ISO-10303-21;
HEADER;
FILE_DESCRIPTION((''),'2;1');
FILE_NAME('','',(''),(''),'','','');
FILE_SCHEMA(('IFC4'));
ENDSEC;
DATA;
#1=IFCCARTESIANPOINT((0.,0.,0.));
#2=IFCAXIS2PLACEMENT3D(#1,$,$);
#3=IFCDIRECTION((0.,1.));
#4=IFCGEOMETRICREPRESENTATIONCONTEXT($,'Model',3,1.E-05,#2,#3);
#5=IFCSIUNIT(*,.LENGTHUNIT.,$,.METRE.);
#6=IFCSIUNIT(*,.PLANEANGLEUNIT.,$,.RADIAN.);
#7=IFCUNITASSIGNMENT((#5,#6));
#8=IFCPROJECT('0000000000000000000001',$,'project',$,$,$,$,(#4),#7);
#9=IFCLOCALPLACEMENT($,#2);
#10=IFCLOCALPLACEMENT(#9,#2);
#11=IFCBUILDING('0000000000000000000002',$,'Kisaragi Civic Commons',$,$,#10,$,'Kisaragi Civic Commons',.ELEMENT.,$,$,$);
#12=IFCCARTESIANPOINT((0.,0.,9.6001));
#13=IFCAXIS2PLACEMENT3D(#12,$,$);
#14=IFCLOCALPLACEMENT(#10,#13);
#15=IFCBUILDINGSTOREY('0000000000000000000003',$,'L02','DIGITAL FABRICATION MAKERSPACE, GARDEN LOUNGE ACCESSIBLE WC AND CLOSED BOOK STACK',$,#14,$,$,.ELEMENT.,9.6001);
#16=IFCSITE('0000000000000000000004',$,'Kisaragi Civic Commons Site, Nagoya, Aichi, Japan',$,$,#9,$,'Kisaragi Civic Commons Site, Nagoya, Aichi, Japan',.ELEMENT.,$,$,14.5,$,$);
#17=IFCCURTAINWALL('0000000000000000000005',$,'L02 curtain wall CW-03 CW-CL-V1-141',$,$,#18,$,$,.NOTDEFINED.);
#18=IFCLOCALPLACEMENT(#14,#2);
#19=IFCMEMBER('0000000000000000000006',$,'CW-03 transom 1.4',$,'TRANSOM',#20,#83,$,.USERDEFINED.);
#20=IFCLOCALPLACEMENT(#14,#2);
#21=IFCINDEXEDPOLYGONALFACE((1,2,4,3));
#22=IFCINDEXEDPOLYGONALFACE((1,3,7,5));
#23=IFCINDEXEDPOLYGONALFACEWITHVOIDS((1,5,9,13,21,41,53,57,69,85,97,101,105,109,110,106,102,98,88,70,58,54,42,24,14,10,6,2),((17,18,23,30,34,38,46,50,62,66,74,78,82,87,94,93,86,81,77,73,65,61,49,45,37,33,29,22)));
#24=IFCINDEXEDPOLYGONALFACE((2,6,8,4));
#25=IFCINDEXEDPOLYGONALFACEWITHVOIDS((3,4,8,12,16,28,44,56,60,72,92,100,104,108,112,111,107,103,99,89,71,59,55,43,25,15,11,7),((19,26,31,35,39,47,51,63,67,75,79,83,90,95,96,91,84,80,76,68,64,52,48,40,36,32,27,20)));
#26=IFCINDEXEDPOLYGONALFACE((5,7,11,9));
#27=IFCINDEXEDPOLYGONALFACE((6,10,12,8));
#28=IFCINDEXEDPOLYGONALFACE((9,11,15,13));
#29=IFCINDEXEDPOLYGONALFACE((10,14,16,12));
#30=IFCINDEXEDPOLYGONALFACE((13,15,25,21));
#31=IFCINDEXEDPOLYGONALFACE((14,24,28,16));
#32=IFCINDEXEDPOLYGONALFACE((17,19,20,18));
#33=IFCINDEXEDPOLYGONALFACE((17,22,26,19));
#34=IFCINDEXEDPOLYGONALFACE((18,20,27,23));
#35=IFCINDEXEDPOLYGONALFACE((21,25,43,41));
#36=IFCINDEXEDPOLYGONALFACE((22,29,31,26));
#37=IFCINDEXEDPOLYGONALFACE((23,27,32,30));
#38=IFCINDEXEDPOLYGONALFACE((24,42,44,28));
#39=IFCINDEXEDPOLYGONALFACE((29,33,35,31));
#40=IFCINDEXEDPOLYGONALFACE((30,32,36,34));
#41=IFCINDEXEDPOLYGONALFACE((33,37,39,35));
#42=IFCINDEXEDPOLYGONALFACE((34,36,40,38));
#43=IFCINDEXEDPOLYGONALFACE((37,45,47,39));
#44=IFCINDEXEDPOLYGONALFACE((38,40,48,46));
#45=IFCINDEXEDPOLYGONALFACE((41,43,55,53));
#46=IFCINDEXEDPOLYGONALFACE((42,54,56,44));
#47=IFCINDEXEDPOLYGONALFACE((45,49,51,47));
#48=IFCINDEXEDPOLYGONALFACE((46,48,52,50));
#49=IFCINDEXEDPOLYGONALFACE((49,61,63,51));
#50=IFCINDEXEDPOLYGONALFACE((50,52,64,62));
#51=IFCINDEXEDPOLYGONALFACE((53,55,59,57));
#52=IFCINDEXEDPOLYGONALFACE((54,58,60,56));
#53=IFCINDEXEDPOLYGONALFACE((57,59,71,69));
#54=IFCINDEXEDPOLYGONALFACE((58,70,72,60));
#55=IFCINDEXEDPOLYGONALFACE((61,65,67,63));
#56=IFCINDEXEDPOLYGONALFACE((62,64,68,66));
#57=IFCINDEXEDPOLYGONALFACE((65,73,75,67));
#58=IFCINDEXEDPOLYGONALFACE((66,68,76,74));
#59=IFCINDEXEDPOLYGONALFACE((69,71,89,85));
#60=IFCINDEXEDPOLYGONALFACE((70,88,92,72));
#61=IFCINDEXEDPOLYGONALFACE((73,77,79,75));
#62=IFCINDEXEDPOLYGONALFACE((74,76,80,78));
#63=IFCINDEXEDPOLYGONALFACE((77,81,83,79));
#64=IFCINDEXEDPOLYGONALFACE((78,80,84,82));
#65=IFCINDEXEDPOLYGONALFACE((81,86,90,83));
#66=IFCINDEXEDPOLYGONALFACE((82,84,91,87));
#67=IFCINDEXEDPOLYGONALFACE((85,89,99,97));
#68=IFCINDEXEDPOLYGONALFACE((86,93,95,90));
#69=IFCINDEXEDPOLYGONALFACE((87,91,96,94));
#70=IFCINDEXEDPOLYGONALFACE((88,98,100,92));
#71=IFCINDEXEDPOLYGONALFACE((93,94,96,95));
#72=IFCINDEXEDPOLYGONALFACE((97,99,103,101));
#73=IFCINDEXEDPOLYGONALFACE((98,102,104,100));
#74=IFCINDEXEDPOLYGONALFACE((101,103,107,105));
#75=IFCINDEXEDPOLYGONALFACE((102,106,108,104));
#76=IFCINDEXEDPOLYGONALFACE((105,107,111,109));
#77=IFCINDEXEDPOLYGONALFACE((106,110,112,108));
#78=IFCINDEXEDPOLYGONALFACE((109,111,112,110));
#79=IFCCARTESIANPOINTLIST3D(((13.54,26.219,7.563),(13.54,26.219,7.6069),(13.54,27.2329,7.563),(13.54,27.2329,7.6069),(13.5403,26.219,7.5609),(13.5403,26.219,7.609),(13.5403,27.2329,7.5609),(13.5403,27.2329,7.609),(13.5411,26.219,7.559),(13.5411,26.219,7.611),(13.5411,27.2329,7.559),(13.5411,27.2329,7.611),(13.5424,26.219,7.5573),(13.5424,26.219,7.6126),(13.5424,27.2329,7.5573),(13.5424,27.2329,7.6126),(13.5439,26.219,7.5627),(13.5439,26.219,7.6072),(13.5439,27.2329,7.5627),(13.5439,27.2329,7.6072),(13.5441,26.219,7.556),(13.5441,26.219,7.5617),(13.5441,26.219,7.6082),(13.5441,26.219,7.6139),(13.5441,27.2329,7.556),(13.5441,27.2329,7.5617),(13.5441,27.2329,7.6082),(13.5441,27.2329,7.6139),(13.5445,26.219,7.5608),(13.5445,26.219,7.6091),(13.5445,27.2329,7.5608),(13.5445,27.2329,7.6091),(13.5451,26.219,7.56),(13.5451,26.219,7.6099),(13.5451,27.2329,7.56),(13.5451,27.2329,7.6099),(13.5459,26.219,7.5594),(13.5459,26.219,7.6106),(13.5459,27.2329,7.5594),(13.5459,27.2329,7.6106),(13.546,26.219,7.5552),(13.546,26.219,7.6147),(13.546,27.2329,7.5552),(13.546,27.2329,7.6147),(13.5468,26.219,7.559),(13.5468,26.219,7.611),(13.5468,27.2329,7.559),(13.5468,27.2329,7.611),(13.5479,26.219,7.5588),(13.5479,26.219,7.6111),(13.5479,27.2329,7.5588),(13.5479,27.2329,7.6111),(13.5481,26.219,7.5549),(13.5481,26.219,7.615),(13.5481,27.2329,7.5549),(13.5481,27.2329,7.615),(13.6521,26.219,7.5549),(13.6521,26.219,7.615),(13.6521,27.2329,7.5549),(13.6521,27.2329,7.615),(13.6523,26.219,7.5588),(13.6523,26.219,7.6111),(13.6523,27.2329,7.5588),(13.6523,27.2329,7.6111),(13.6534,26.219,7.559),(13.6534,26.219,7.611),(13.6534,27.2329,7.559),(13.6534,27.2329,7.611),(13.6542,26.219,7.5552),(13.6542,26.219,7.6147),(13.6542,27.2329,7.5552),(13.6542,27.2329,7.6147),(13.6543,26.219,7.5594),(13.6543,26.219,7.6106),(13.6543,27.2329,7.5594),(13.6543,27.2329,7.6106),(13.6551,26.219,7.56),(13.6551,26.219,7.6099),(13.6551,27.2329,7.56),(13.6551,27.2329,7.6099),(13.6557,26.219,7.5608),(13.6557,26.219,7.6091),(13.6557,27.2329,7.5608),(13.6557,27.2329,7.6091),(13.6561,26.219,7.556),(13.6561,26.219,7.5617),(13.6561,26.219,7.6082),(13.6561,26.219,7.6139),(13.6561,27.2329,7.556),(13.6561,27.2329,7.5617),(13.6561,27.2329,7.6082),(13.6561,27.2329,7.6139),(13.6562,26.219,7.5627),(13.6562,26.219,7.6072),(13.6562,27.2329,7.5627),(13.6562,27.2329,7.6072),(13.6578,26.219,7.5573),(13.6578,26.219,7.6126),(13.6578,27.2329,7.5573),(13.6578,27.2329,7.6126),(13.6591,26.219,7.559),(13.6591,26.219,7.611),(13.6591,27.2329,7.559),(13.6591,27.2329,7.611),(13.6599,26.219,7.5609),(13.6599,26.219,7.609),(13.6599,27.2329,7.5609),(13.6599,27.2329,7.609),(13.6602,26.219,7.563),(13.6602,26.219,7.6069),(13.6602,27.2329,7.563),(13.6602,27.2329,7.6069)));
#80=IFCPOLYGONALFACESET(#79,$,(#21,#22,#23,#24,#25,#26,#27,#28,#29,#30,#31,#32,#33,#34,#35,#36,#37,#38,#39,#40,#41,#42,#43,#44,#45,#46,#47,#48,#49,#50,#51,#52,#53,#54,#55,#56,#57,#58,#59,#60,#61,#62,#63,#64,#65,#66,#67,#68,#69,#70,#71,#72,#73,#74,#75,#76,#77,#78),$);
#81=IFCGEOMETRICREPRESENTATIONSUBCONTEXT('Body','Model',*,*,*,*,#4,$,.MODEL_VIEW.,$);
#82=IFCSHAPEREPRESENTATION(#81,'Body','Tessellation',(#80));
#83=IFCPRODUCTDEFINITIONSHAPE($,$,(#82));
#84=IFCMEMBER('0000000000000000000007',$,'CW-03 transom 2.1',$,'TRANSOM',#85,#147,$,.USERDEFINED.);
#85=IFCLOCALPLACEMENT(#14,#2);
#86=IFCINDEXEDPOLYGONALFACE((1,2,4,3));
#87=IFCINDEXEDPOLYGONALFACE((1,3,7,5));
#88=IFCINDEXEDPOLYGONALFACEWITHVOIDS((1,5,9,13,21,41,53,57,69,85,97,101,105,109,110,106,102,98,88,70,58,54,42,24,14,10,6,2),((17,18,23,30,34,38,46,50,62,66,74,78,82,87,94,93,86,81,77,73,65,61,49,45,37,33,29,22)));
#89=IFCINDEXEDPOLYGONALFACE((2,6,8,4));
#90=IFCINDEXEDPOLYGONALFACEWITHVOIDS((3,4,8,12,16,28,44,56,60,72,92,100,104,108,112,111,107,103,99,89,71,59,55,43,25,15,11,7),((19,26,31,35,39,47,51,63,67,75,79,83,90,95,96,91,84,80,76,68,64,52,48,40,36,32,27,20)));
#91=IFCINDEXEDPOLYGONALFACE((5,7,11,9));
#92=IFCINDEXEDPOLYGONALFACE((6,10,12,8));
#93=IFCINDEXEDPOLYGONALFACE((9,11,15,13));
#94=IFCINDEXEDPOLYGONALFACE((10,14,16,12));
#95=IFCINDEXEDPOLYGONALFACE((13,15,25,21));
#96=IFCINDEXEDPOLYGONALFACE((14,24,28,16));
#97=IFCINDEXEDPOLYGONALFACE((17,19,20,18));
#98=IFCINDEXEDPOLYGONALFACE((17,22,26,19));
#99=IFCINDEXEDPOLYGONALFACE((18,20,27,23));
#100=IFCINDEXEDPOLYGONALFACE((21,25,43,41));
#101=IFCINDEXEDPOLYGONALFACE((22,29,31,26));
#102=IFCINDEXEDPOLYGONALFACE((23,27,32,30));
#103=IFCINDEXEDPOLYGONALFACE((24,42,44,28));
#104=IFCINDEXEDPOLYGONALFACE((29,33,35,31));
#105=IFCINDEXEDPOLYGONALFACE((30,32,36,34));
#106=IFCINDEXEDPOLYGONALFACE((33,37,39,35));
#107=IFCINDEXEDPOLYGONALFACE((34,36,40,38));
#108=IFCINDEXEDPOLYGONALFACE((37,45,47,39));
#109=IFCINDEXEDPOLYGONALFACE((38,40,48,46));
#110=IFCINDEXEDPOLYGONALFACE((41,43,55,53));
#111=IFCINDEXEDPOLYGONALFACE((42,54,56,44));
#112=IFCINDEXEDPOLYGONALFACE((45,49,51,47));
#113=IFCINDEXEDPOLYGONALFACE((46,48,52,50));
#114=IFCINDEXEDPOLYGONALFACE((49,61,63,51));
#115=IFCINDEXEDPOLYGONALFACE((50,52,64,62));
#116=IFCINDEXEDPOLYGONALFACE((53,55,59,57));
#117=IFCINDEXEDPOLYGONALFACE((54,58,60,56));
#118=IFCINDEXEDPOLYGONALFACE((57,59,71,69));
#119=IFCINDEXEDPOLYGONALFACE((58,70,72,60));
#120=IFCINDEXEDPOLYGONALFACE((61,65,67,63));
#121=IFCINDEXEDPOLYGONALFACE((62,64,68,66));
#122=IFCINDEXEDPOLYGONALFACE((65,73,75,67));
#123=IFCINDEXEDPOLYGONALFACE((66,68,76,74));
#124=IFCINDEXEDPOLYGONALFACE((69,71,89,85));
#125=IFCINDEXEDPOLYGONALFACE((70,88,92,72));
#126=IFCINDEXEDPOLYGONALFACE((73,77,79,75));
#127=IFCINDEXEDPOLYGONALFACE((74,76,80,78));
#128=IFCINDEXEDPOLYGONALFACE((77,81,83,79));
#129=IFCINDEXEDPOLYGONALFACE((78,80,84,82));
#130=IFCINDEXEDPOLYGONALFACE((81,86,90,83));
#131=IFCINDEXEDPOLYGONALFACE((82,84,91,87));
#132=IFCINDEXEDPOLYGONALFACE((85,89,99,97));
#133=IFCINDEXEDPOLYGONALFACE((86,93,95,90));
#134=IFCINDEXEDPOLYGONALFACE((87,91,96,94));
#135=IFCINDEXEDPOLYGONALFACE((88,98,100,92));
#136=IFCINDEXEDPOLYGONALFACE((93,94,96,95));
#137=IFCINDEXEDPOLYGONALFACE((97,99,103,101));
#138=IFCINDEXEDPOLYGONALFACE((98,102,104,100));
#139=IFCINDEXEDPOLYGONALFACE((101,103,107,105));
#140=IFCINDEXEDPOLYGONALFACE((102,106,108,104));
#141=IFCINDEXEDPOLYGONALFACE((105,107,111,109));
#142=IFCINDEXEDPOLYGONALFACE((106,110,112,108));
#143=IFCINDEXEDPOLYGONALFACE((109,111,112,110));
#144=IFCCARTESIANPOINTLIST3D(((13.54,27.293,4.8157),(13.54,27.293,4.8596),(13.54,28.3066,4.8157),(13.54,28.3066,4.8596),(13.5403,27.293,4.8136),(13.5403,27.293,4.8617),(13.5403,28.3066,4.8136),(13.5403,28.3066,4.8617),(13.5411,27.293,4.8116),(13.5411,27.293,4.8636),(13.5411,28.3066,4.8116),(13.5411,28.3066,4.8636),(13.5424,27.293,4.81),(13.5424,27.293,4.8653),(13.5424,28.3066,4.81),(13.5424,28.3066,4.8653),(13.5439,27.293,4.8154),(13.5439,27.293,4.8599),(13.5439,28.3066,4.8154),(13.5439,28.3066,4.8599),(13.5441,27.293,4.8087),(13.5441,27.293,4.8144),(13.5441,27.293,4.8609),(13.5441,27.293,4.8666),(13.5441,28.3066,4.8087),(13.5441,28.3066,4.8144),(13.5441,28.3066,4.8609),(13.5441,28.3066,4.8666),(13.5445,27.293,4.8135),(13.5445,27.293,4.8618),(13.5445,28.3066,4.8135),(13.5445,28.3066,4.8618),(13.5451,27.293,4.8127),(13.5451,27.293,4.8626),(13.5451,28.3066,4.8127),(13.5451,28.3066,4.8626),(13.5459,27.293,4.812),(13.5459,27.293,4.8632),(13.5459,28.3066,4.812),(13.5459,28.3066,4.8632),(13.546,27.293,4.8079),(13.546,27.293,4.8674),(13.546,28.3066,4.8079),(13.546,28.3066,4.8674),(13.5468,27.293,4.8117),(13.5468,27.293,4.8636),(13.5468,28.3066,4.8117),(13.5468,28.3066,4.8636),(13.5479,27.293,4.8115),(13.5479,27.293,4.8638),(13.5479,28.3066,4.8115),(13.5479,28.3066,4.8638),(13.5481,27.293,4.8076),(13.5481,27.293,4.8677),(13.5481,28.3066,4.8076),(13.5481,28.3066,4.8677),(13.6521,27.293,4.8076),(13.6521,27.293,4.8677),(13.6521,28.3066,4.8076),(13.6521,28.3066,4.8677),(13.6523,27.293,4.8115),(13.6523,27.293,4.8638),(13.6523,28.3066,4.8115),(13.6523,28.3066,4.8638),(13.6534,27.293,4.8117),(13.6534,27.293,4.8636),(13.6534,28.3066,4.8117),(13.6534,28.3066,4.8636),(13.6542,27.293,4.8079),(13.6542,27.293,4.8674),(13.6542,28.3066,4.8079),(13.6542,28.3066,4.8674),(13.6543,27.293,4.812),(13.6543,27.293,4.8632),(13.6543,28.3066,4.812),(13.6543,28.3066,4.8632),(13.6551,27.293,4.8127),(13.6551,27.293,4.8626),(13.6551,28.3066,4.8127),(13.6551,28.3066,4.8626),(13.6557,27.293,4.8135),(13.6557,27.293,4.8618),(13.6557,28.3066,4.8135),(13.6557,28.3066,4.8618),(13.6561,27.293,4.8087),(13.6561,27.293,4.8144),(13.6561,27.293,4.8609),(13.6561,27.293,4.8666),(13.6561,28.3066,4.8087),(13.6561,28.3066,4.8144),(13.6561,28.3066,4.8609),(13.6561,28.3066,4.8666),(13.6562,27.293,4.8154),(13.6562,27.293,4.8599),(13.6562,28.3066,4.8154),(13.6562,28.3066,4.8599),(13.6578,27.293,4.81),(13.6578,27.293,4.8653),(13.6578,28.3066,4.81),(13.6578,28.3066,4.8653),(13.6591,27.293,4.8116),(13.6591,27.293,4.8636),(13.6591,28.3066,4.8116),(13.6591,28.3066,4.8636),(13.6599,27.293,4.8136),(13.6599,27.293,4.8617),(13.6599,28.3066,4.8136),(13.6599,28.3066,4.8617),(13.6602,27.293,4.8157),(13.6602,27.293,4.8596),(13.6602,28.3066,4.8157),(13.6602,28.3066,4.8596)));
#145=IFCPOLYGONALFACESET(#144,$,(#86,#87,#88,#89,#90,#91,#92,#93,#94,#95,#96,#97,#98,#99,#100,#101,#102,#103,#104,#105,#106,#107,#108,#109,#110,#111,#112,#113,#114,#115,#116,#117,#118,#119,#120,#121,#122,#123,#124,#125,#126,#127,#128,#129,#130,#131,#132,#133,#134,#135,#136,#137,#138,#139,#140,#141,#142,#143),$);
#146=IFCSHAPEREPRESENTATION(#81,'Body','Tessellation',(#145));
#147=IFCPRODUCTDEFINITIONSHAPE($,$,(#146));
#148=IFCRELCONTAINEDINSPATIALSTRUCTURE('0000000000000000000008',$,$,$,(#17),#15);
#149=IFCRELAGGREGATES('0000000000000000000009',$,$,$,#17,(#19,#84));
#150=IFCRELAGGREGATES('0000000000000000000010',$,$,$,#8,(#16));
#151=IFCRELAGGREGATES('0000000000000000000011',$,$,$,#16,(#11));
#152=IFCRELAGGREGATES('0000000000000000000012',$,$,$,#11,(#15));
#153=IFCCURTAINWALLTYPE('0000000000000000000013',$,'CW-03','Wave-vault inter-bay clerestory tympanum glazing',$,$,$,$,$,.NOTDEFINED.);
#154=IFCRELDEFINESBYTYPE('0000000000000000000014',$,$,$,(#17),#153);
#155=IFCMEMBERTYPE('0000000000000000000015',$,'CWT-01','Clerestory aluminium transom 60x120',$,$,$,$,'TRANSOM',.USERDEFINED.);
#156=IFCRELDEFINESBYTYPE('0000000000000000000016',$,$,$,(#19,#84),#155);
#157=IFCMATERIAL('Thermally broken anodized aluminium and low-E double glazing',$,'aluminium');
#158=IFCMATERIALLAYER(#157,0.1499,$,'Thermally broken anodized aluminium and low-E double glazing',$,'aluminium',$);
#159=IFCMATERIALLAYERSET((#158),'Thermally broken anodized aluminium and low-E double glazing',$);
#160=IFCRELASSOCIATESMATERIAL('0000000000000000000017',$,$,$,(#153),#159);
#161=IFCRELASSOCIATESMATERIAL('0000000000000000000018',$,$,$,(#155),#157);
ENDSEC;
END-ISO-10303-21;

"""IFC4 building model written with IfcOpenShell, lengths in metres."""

from ifc_helpers import new_model, si_unit, direction, frame, origin, origin_2d, place, context, subcontext, project, spatial, hollow_rectangle, extrude, material, layer, layer_set, material_profile, profile_set, type_object, element, aggregate, save


model = new_model("IFC4")

# Units and contexts
model_context = context("Model", 3, precision=1e-05, world=origin(), true_north=direction((0.0, 1.0)))
body_context = subcontext(model_context, "Body", "Model", "MODEL_VIEW")
ifc_project = project(units=[si_unit("LENGTHUNIT", "METRE"), si_unit("PLANEANGLEUNIT", "RADIAN")], contexts=[model_context])

# Site, building, storey
site_placement = place(None, origin())
site = spatial("IfcSite", under=ifc_project, at=site_placement, Name="Kisaragi Civic Commons Site, Nagoya, Aichi, Japan", LongName="Kisaragi Civic Commons Site, Nagoya, Aichi, Japan", CompositionType="ELEMENT", RefElevation=14.5)
building_placement = place(site_placement, origin())
building = spatial("IfcBuilding", under=site, at=building_placement, Name="Kisaragi Civic Commons", LongName="Kisaragi Civic Commons", CompositionType="ELEMENT")
storey_placement = place(building_placement, frame((0.0, 0.0, 9.6001)))
storey = spatial("IfcBuildingStorey", under=building, at=storey_placement, Name="L02", Description="DIGITAL FABRICATION MAKERSPACE, GARDEN LOUNGE ACCESSIBLE WC AND CLOSED BOOK STACK", CompositionType="ELEMENT", Elevation=9.6001)

# Shared definitions
ifc_material_1 = material(Name="Thermally broken anodized aluminium and low-E double glazing", Category="aluminium")
ifc_layer_1 = layer(ifc_material_1, 0.1499, Name="Thermally broken anodized aluminium and low-E double glazing", Category="aluminium")
ifc_layer_set_1 = layer_set([ifc_layer_1], Name="Thermally broken anodized aluminium and low-E double glazing")
curtain_wall_type = type_object("IfcCurtainWallType", Name="CW-03", Description="Wave-vault inter-bay clerestory tympanum glazing", PredefinedType="NOTDEFINED", material=ifc_layer_set_1)

# Curtain wall
curtain_wall_1_placement = place(storey_placement, origin())
curtain_wall_1 = element("IfcCurtainWall", 1, at=curtain_wall_1_placement, inside=storey, type_object=curtain_wall_type, Name="L02 curtain wall CW-03 CW-CL-V1-141", PredefinedType="NOTDEFINED")

# Members
ifc_material_profile_1 = material_profile(ifc_material_1, hollow_rectangle(XDim=0.1201, YDim=0.0601, WallThickness=0.0039, InnerFilletRadius=0.0039, OuterFilletRadius=0.0081, at=origin_2d()), Name="CWT-60x120x4", Category="aluminium")
ifc_profile_set_1 = profile_set([ifc_material_profile_1], Name="Thermally broken anodized aluminium and low-E double glazing")
member_type_1 = type_object("IfcMemberType", Name="CWT-01", Description="Clerestory aluminium transom 60x120", ElementType="TRANSOM", PredefinedType="USERDEFINED", material=ifc_profile_set_1)
member_1_placement = place(storey_placement, frame((13.6001, 26.219, 7.585), z_axis=(0.0, 1.0, 0.0), x_axis=(-1.0, 0.0, 0.0)))
member_1 = element("IfcMember", 2, at=member_1_placement, type_object=member_type_1, Name="CW-03 transom 1.4", ObjectType="TRANSOM", PredefinedType="USERDEFINED", context=body_context, shape_type="SweptSolid", body=[
    extrude(hollow_rectangle(XDim=0.1201, YDim=0.0601, WallThickness=0.0039, InnerFilletRadius=0.0039, OuterFilletRadius=0.0081, at=origin_2d()), origin(), (0.0, 0.0, 1.0), 1.0139),
])
member_2_placement = place(storey_placement, frame((13.6001, 27.293, 4.8376), z_axis=(0.0, 1.0, 0.0), x_axis=(-1.0, 0.0, 0.0)))
member_2 = element("IfcMember", 3, at=member_2_placement, type_object=member_type_1, Name="CW-03 transom 2.1", ObjectType="TRANSOM", PredefinedType="USERDEFINED", context=body_context, shape_type="SweptSolid", body=[
    extrude(hollow_rectangle(XDim=0.1201, YDim=0.0601, WallThickness=0.0039, InnerFilletRadius=0.0039, OuterFilletRadius=0.0081, at=origin_2d()), origin(), (0.0, 0.0, 1.0), 1.0137),
])

aggregate(curtain_wall_1, [member_1, member_2])

save(model, "model.ifc")
